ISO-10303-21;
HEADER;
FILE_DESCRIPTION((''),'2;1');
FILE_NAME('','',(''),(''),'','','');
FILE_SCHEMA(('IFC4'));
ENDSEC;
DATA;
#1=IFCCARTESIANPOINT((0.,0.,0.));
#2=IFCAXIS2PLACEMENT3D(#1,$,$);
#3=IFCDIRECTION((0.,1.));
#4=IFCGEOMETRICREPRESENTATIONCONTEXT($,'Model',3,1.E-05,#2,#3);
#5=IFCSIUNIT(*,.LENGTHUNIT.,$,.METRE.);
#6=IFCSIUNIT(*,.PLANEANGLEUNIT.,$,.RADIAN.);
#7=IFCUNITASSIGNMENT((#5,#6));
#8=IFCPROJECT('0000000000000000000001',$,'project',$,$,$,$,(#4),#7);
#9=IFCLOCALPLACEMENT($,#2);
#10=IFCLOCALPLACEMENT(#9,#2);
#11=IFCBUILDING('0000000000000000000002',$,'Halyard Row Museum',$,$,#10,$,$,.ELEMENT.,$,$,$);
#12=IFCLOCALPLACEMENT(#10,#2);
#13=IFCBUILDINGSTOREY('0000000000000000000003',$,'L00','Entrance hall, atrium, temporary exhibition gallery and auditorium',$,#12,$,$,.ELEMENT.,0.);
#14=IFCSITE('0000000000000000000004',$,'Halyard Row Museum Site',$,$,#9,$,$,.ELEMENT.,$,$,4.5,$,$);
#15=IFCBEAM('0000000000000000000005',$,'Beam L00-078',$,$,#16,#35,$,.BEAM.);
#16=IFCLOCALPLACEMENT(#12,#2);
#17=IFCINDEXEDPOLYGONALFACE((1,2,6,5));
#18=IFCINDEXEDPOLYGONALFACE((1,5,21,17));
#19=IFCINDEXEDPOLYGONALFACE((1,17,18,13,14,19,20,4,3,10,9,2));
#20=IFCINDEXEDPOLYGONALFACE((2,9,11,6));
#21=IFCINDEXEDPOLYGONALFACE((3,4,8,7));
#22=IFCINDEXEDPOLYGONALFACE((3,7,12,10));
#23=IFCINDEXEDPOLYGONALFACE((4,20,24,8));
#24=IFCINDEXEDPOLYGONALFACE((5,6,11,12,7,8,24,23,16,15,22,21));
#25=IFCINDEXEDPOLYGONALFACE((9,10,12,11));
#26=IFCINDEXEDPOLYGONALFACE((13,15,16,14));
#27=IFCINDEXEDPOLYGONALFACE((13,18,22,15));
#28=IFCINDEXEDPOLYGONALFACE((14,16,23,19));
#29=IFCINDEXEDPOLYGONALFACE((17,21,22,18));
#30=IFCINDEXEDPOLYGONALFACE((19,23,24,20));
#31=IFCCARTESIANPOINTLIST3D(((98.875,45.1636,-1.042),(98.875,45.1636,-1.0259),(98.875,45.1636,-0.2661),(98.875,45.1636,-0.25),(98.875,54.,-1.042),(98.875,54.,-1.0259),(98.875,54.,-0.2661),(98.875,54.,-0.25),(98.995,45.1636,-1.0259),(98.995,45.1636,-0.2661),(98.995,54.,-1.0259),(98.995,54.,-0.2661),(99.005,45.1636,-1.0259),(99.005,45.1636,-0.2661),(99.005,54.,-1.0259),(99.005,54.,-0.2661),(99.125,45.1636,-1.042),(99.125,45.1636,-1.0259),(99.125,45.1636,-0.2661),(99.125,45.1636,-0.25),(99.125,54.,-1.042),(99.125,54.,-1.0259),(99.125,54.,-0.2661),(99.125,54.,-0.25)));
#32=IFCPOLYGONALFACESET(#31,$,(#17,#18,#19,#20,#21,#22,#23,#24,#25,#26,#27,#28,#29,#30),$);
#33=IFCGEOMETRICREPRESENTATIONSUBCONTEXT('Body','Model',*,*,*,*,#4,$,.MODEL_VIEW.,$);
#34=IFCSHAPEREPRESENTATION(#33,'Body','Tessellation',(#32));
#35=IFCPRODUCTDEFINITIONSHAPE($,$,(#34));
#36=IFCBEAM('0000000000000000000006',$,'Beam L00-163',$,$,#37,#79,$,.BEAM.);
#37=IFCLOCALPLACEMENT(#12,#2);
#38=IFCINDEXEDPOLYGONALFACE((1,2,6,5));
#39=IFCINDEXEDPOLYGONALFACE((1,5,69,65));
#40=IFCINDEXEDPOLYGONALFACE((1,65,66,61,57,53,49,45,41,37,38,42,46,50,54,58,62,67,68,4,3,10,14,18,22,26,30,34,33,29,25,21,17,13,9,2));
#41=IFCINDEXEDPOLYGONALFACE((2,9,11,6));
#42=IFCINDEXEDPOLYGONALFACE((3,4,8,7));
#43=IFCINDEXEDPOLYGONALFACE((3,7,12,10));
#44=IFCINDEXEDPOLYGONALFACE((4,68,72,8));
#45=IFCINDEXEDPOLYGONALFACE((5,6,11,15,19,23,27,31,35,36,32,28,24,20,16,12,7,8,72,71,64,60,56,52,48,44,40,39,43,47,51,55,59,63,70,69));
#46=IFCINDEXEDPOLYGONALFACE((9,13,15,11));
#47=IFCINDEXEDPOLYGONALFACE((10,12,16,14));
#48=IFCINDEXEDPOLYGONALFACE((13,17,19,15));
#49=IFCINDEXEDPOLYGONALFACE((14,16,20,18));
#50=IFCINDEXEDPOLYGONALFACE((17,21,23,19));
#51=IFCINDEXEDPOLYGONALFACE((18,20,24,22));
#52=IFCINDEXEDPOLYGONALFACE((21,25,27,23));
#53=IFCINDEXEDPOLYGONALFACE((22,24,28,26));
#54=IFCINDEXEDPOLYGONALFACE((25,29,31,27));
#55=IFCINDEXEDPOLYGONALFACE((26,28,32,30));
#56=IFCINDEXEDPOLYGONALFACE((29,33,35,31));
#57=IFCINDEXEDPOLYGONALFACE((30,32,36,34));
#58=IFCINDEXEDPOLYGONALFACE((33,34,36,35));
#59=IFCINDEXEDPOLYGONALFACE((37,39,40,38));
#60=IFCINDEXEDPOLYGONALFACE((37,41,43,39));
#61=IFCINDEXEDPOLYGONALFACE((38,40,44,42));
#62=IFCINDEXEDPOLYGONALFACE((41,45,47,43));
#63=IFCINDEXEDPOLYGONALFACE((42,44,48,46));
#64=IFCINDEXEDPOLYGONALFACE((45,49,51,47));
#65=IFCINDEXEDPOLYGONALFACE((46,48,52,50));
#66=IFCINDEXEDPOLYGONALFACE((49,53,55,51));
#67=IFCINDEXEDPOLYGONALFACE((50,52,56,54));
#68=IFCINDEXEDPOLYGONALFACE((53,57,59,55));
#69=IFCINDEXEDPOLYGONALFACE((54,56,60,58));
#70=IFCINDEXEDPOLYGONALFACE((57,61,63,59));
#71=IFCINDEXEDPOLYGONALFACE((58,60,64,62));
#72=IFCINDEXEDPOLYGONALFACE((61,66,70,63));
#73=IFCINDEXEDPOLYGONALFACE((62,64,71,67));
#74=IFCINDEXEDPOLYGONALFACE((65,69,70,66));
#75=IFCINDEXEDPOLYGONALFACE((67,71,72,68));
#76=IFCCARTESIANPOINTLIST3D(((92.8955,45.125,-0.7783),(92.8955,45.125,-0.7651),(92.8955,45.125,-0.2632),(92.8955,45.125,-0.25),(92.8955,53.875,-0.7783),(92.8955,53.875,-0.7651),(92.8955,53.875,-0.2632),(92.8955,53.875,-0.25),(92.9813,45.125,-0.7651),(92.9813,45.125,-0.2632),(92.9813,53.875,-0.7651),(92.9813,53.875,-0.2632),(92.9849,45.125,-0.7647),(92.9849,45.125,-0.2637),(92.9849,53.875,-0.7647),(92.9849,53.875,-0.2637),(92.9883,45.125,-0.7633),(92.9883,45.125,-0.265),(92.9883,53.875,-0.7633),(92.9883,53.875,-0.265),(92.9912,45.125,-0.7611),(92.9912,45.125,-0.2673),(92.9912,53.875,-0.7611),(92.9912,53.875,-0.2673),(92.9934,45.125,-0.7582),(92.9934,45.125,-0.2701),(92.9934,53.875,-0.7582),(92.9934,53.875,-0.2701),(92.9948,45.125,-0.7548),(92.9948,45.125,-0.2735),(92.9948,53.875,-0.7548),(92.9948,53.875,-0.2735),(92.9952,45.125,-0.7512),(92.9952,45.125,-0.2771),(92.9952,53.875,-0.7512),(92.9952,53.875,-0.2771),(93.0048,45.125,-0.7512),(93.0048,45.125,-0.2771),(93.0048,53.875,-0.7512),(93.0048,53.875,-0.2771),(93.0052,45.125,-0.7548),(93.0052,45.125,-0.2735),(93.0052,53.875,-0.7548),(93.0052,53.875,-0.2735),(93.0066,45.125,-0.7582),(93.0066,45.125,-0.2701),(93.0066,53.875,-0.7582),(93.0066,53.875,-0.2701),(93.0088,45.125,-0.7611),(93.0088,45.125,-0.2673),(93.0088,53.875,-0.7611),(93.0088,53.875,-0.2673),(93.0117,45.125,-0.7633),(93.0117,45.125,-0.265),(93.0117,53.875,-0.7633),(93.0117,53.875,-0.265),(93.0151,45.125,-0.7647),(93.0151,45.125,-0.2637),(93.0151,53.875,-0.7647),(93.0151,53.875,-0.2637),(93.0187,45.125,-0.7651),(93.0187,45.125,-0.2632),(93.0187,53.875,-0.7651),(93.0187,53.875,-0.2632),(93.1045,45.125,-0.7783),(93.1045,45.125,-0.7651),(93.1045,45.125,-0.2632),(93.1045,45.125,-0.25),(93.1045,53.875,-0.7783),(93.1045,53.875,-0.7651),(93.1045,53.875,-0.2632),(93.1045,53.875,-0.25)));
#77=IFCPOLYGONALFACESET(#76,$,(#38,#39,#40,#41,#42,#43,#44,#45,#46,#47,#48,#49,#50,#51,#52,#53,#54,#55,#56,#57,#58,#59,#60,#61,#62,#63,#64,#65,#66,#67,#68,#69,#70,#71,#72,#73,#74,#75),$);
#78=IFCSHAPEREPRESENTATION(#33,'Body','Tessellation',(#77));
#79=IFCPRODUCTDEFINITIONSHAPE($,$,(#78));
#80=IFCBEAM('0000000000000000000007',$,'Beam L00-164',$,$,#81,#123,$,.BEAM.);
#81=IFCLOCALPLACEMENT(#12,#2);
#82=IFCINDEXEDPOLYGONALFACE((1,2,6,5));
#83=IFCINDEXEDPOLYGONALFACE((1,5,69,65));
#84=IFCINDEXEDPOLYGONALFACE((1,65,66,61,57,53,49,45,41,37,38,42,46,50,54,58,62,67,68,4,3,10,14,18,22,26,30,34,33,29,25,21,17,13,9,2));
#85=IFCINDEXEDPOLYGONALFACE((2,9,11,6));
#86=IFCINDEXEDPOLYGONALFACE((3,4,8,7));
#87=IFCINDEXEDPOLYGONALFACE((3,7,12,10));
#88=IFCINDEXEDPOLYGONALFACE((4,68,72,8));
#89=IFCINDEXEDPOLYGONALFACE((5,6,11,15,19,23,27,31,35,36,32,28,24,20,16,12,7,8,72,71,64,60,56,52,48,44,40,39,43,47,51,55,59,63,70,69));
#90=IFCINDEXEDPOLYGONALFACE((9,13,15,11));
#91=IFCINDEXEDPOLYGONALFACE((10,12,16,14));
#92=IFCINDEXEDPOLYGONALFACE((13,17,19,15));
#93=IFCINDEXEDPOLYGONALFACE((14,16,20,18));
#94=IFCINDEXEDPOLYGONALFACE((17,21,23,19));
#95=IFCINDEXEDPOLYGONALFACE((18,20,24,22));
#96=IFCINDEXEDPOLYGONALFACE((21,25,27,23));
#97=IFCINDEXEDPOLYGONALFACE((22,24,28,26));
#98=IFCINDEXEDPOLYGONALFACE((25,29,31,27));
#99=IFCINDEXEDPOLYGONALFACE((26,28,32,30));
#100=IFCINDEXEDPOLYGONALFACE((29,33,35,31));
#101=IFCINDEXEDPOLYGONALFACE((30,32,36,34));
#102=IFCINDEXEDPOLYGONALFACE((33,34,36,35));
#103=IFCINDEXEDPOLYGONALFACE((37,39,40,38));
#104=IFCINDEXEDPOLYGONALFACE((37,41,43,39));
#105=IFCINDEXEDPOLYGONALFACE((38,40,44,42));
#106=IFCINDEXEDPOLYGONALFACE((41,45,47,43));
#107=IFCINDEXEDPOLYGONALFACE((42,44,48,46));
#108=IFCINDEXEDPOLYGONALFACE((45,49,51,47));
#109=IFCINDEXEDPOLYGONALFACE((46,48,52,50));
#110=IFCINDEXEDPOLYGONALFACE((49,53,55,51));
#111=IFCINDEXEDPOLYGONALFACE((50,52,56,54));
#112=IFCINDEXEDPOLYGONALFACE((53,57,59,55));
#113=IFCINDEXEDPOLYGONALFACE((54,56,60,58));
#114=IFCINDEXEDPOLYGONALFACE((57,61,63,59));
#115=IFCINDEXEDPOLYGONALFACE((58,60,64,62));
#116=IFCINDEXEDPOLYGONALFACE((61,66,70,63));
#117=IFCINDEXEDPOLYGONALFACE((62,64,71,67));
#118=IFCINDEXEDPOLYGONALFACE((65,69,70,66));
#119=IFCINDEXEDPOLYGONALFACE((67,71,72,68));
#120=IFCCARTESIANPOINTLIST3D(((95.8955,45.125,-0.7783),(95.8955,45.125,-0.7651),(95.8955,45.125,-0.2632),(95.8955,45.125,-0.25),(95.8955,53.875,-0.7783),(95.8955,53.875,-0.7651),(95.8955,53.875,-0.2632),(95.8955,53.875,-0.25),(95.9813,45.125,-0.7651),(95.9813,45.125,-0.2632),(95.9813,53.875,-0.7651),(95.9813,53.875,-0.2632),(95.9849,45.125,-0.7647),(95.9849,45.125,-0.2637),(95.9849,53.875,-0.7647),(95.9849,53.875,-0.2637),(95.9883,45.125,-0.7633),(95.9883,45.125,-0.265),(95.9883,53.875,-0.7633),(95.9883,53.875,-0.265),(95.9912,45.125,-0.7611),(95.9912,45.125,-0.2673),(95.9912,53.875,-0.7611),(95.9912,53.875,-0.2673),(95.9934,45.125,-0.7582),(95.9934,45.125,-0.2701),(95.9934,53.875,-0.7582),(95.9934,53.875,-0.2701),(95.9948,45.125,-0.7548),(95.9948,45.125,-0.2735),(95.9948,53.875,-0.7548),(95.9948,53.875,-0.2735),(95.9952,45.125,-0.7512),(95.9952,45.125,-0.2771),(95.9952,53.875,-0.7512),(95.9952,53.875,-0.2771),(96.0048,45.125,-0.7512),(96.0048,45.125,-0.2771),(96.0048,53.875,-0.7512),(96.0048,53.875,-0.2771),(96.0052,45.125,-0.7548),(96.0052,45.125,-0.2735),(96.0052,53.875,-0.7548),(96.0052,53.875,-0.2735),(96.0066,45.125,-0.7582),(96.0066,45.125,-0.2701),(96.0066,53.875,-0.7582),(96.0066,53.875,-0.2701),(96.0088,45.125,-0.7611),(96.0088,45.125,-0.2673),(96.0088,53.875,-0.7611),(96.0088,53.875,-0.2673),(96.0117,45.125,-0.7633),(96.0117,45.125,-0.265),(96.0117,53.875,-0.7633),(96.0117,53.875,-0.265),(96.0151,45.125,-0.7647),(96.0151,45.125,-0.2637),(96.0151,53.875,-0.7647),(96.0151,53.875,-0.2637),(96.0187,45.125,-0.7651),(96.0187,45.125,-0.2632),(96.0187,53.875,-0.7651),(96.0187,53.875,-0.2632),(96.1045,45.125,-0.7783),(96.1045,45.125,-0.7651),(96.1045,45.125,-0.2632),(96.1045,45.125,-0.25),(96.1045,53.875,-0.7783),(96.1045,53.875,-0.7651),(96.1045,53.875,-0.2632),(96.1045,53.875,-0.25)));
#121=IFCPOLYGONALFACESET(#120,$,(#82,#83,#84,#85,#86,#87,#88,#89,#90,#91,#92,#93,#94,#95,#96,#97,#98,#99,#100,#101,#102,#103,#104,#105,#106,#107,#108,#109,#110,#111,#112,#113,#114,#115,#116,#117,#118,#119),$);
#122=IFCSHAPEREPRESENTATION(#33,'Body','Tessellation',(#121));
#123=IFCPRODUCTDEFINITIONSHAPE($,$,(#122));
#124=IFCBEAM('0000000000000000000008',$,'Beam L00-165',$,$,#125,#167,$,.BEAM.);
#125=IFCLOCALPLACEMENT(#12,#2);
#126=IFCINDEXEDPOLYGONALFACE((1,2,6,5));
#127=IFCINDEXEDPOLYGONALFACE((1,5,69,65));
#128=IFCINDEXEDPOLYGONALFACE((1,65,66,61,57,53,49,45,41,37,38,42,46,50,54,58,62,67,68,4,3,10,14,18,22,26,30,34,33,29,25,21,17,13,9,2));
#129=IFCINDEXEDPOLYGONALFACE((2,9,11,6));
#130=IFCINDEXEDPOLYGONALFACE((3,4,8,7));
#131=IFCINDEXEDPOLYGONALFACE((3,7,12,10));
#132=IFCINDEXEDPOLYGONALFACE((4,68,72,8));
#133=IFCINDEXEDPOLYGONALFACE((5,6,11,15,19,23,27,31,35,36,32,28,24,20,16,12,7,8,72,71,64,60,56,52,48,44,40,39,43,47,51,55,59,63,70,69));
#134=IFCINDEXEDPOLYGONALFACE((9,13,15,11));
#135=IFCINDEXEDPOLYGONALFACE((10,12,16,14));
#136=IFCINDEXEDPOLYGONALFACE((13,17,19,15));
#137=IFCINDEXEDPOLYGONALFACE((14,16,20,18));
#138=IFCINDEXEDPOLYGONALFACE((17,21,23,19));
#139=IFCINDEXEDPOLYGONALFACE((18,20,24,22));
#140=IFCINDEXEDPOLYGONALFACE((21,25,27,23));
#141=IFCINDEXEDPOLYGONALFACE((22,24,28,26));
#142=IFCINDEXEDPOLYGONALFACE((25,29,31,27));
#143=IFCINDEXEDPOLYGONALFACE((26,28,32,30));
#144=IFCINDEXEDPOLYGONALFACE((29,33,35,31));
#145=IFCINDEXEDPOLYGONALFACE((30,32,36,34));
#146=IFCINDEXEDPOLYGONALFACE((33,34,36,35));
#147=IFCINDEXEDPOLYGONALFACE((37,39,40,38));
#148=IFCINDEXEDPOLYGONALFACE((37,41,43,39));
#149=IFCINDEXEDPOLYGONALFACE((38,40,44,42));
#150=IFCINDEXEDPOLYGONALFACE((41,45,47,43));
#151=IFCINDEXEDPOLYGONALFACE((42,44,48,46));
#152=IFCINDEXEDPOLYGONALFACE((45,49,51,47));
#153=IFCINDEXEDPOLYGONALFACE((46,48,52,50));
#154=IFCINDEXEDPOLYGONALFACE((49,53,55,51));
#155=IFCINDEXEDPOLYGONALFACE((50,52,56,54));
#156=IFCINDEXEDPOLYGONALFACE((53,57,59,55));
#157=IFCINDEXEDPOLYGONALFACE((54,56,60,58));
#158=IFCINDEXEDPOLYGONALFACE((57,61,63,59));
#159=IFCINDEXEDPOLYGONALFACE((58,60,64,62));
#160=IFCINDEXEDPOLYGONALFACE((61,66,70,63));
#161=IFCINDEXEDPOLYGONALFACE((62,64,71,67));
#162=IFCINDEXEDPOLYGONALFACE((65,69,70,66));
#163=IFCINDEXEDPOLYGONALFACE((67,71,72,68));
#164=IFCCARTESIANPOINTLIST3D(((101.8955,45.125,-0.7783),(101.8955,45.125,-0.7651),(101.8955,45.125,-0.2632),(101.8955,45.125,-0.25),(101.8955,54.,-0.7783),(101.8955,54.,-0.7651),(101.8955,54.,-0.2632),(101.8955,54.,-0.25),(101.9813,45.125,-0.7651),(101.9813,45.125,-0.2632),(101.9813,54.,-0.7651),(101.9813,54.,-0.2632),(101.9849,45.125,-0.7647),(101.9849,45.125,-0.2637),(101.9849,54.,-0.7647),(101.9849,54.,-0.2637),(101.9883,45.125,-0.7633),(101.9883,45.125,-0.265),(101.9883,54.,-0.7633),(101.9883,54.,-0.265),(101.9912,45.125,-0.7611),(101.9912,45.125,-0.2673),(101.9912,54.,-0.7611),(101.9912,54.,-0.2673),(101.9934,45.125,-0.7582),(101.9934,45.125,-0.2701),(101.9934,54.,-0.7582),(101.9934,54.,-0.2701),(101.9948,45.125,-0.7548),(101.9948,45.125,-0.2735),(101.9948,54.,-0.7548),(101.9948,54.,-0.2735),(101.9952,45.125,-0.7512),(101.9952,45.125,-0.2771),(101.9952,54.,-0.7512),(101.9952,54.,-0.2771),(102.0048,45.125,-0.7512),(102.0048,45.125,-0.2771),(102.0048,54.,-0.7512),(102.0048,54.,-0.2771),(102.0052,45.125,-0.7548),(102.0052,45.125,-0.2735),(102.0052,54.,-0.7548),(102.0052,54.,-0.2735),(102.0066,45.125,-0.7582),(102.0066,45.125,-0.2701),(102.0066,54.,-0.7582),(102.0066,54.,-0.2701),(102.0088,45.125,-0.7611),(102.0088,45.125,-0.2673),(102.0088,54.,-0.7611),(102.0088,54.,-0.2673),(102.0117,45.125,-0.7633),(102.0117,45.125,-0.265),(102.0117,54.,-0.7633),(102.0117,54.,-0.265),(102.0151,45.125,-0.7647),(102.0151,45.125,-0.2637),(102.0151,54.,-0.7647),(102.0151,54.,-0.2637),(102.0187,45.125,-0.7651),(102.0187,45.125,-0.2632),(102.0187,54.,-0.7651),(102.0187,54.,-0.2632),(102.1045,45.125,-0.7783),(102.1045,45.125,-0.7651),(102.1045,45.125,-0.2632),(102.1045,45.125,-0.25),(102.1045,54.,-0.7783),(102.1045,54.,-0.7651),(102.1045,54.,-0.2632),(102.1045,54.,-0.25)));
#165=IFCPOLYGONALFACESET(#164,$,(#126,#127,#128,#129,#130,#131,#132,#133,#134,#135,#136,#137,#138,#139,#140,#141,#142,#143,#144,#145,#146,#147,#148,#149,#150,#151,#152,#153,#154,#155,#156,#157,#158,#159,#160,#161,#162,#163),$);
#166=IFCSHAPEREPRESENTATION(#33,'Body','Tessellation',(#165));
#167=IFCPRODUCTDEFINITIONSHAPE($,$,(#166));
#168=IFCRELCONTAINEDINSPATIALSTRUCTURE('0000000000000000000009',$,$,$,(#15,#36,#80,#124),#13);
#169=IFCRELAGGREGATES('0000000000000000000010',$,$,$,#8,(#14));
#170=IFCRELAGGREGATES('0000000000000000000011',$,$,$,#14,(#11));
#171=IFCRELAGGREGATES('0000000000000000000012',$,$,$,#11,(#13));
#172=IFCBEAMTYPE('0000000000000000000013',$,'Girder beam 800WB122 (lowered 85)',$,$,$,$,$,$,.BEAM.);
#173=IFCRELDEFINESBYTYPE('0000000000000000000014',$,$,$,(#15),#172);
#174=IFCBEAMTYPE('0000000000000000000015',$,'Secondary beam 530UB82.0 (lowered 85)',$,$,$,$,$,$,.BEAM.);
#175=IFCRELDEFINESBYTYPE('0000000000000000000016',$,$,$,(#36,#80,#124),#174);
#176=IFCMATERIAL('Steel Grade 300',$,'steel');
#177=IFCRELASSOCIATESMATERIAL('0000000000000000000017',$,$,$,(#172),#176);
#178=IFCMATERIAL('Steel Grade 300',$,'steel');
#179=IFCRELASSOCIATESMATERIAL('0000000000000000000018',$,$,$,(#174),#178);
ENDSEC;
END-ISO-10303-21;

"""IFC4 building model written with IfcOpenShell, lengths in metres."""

from ifc_helpers import new_model, si_unit, direction, frame, origin, origin_2d, place, context, subcontext, project, spatial, i_section, extrude, material, material_profile, profile_set, type_object, element, save


model = new_model("IFC4")

# Units and contexts
model_context = context("Model", 3, precision=1e-05, world=origin(), true_north=direction((0.0, 1.0)))
body_context = subcontext(model_context, "Body", "Model", "MODEL_VIEW")
ifc_project = project(units=[si_unit("LENGTHUNIT", "METRE"), si_unit("PLANEANGLEUNIT", "RADIAN")], contexts=[model_context])

# Site, building, storey
site_placement = place(None, origin())
site = spatial("IfcSite", under=ifc_project, at=site_placement, Name="Halyard Row Museum Site", CompositionType="ELEMENT", RefElevation=4.5)
building_placement = place(site_placement, origin())
building = spatial("IfcBuilding", under=site, at=building_placement, Name="Halyard Row Museum", CompositionType="ELEMENT")
storey_placement = place(building_placement, origin())
storey = spatial("IfcBuildingStorey", under=building, at=storey_placement, Name="L00", Description="Entrance hall, atrium, temporary exhibition gallery and auditorium", CompositionType="ELEMENT", Elevation=0.0)

# Beams
ifc_material_1 = material(Name="Steel Grade 300", Category="steel")
ifc_material_profile_1 = material_profile(ifc_material_1, i_section(OverallWidth=0.25, OverallDepth=0.792, WebThickness=0.01, FlangeThickness=0.0161, at=origin_2d()), Name="800WB122")
ifc_profile_set_1 = profile_set([ifc_material_profile_1], Name="Steel Grade 300")
beam_type_1 = type_object("IfcBeamType", Name="Girder beam 800WB122 (lowered 85)", PredefinedType="BEAM", material=ifc_profile_set_1)
beam_1_placement = place(storey_placement, frame((99.0, 45.1636, -0.646), z_axis=(0.0, 1.0, 0.0), x_axis=(-1.0, 0.0, 0.0)))
element("IfcBeam", 1, at=beam_1_placement, inside=storey, type_object=beam_type_1, Name="Beam L00-078", PredefinedType="BEAM", context=body_context, shape_type="SweptSolid", body=[
    extrude(i_section(OverallWidth=0.25, OverallDepth=0.792, WebThickness=0.01, FlangeThickness=0.0161, at=origin_2d()), origin(), (0.0, 0.0, 1.0), 8.8364),
])
ifc_material_2 = material(Name="Steel Grade 300", Category="steel")
ifc_material_profile_2 = material_profile(ifc_material_2, i_section(OverallWidth=0.209, OverallDepth=0.5283, WebThickness=0.0095, FlangeThickness=0.0132, FilletRadius=0.0139, at=origin_2d()), Name="530UB82.0")
ifc_profile_set_2 = profile_set([ifc_material_profile_2], Name="Steel Grade 300")
beam_type_2 = type_object("IfcBeamType", Name="Secondary beam 530UB82.0 (lowered 85)", PredefinedType="BEAM", material=ifc_profile_set_2)
for number, where, z_axis, x_axis, name in (
    (2, (93.0, 45.125, -0.5142), (0.0, 1.0, 0.0), (-1.0, 0.0, 0.0), "Beam L00-163"),
    (3, (96.0, 45.125, -0.5142), (0.0, 1.0, 0.0), (-1.0, 0.0, 0.0), "Beam L00-164"),
):
    element("IfcBeam", number, at=place(storey_placement, frame(where, z_axis=z_axis, x_axis=x_axis)), inside=storey, type_object=beam_type_2, Name=name, PredefinedType="BEAM", context=body_context, shape_type="SweptSolid", body=[
        extrude(i_section(OverallWidth=0.209, OverallDepth=0.5283, WebThickness=0.0095, FlangeThickness=0.0132, FilletRadius=0.0139, at=origin_2d()), origin(), (0.0, 0.0, 1.0), 8.75),
    ])
for number, where, z_axis, x_axis, name in (
    (4, (102.0, 45.125, -0.5142), (0.0, 1.0, 0.0), (-1.0, 0.0, 0.0), "Beam L00-165"),
):
    element("IfcBeam", number, at=place(storey_placement, frame(where, z_axis=z_axis, x_axis=x_axis)), inside=storey, type_object=beam_type_2, Name=name, PredefinedType="BEAM", context=body_context, shape_type="SweptSolid", body=[
        extrude(i_section(OverallWidth=0.209, OverallDepth=0.5283, WebThickness=0.0095, FlangeThickness=0.0132, FilletRadius=0.0139, at=origin_2d()), origin(), (0.0, 0.0, 1.0), 8.875),
    ])

save(model, "model.ifc")
